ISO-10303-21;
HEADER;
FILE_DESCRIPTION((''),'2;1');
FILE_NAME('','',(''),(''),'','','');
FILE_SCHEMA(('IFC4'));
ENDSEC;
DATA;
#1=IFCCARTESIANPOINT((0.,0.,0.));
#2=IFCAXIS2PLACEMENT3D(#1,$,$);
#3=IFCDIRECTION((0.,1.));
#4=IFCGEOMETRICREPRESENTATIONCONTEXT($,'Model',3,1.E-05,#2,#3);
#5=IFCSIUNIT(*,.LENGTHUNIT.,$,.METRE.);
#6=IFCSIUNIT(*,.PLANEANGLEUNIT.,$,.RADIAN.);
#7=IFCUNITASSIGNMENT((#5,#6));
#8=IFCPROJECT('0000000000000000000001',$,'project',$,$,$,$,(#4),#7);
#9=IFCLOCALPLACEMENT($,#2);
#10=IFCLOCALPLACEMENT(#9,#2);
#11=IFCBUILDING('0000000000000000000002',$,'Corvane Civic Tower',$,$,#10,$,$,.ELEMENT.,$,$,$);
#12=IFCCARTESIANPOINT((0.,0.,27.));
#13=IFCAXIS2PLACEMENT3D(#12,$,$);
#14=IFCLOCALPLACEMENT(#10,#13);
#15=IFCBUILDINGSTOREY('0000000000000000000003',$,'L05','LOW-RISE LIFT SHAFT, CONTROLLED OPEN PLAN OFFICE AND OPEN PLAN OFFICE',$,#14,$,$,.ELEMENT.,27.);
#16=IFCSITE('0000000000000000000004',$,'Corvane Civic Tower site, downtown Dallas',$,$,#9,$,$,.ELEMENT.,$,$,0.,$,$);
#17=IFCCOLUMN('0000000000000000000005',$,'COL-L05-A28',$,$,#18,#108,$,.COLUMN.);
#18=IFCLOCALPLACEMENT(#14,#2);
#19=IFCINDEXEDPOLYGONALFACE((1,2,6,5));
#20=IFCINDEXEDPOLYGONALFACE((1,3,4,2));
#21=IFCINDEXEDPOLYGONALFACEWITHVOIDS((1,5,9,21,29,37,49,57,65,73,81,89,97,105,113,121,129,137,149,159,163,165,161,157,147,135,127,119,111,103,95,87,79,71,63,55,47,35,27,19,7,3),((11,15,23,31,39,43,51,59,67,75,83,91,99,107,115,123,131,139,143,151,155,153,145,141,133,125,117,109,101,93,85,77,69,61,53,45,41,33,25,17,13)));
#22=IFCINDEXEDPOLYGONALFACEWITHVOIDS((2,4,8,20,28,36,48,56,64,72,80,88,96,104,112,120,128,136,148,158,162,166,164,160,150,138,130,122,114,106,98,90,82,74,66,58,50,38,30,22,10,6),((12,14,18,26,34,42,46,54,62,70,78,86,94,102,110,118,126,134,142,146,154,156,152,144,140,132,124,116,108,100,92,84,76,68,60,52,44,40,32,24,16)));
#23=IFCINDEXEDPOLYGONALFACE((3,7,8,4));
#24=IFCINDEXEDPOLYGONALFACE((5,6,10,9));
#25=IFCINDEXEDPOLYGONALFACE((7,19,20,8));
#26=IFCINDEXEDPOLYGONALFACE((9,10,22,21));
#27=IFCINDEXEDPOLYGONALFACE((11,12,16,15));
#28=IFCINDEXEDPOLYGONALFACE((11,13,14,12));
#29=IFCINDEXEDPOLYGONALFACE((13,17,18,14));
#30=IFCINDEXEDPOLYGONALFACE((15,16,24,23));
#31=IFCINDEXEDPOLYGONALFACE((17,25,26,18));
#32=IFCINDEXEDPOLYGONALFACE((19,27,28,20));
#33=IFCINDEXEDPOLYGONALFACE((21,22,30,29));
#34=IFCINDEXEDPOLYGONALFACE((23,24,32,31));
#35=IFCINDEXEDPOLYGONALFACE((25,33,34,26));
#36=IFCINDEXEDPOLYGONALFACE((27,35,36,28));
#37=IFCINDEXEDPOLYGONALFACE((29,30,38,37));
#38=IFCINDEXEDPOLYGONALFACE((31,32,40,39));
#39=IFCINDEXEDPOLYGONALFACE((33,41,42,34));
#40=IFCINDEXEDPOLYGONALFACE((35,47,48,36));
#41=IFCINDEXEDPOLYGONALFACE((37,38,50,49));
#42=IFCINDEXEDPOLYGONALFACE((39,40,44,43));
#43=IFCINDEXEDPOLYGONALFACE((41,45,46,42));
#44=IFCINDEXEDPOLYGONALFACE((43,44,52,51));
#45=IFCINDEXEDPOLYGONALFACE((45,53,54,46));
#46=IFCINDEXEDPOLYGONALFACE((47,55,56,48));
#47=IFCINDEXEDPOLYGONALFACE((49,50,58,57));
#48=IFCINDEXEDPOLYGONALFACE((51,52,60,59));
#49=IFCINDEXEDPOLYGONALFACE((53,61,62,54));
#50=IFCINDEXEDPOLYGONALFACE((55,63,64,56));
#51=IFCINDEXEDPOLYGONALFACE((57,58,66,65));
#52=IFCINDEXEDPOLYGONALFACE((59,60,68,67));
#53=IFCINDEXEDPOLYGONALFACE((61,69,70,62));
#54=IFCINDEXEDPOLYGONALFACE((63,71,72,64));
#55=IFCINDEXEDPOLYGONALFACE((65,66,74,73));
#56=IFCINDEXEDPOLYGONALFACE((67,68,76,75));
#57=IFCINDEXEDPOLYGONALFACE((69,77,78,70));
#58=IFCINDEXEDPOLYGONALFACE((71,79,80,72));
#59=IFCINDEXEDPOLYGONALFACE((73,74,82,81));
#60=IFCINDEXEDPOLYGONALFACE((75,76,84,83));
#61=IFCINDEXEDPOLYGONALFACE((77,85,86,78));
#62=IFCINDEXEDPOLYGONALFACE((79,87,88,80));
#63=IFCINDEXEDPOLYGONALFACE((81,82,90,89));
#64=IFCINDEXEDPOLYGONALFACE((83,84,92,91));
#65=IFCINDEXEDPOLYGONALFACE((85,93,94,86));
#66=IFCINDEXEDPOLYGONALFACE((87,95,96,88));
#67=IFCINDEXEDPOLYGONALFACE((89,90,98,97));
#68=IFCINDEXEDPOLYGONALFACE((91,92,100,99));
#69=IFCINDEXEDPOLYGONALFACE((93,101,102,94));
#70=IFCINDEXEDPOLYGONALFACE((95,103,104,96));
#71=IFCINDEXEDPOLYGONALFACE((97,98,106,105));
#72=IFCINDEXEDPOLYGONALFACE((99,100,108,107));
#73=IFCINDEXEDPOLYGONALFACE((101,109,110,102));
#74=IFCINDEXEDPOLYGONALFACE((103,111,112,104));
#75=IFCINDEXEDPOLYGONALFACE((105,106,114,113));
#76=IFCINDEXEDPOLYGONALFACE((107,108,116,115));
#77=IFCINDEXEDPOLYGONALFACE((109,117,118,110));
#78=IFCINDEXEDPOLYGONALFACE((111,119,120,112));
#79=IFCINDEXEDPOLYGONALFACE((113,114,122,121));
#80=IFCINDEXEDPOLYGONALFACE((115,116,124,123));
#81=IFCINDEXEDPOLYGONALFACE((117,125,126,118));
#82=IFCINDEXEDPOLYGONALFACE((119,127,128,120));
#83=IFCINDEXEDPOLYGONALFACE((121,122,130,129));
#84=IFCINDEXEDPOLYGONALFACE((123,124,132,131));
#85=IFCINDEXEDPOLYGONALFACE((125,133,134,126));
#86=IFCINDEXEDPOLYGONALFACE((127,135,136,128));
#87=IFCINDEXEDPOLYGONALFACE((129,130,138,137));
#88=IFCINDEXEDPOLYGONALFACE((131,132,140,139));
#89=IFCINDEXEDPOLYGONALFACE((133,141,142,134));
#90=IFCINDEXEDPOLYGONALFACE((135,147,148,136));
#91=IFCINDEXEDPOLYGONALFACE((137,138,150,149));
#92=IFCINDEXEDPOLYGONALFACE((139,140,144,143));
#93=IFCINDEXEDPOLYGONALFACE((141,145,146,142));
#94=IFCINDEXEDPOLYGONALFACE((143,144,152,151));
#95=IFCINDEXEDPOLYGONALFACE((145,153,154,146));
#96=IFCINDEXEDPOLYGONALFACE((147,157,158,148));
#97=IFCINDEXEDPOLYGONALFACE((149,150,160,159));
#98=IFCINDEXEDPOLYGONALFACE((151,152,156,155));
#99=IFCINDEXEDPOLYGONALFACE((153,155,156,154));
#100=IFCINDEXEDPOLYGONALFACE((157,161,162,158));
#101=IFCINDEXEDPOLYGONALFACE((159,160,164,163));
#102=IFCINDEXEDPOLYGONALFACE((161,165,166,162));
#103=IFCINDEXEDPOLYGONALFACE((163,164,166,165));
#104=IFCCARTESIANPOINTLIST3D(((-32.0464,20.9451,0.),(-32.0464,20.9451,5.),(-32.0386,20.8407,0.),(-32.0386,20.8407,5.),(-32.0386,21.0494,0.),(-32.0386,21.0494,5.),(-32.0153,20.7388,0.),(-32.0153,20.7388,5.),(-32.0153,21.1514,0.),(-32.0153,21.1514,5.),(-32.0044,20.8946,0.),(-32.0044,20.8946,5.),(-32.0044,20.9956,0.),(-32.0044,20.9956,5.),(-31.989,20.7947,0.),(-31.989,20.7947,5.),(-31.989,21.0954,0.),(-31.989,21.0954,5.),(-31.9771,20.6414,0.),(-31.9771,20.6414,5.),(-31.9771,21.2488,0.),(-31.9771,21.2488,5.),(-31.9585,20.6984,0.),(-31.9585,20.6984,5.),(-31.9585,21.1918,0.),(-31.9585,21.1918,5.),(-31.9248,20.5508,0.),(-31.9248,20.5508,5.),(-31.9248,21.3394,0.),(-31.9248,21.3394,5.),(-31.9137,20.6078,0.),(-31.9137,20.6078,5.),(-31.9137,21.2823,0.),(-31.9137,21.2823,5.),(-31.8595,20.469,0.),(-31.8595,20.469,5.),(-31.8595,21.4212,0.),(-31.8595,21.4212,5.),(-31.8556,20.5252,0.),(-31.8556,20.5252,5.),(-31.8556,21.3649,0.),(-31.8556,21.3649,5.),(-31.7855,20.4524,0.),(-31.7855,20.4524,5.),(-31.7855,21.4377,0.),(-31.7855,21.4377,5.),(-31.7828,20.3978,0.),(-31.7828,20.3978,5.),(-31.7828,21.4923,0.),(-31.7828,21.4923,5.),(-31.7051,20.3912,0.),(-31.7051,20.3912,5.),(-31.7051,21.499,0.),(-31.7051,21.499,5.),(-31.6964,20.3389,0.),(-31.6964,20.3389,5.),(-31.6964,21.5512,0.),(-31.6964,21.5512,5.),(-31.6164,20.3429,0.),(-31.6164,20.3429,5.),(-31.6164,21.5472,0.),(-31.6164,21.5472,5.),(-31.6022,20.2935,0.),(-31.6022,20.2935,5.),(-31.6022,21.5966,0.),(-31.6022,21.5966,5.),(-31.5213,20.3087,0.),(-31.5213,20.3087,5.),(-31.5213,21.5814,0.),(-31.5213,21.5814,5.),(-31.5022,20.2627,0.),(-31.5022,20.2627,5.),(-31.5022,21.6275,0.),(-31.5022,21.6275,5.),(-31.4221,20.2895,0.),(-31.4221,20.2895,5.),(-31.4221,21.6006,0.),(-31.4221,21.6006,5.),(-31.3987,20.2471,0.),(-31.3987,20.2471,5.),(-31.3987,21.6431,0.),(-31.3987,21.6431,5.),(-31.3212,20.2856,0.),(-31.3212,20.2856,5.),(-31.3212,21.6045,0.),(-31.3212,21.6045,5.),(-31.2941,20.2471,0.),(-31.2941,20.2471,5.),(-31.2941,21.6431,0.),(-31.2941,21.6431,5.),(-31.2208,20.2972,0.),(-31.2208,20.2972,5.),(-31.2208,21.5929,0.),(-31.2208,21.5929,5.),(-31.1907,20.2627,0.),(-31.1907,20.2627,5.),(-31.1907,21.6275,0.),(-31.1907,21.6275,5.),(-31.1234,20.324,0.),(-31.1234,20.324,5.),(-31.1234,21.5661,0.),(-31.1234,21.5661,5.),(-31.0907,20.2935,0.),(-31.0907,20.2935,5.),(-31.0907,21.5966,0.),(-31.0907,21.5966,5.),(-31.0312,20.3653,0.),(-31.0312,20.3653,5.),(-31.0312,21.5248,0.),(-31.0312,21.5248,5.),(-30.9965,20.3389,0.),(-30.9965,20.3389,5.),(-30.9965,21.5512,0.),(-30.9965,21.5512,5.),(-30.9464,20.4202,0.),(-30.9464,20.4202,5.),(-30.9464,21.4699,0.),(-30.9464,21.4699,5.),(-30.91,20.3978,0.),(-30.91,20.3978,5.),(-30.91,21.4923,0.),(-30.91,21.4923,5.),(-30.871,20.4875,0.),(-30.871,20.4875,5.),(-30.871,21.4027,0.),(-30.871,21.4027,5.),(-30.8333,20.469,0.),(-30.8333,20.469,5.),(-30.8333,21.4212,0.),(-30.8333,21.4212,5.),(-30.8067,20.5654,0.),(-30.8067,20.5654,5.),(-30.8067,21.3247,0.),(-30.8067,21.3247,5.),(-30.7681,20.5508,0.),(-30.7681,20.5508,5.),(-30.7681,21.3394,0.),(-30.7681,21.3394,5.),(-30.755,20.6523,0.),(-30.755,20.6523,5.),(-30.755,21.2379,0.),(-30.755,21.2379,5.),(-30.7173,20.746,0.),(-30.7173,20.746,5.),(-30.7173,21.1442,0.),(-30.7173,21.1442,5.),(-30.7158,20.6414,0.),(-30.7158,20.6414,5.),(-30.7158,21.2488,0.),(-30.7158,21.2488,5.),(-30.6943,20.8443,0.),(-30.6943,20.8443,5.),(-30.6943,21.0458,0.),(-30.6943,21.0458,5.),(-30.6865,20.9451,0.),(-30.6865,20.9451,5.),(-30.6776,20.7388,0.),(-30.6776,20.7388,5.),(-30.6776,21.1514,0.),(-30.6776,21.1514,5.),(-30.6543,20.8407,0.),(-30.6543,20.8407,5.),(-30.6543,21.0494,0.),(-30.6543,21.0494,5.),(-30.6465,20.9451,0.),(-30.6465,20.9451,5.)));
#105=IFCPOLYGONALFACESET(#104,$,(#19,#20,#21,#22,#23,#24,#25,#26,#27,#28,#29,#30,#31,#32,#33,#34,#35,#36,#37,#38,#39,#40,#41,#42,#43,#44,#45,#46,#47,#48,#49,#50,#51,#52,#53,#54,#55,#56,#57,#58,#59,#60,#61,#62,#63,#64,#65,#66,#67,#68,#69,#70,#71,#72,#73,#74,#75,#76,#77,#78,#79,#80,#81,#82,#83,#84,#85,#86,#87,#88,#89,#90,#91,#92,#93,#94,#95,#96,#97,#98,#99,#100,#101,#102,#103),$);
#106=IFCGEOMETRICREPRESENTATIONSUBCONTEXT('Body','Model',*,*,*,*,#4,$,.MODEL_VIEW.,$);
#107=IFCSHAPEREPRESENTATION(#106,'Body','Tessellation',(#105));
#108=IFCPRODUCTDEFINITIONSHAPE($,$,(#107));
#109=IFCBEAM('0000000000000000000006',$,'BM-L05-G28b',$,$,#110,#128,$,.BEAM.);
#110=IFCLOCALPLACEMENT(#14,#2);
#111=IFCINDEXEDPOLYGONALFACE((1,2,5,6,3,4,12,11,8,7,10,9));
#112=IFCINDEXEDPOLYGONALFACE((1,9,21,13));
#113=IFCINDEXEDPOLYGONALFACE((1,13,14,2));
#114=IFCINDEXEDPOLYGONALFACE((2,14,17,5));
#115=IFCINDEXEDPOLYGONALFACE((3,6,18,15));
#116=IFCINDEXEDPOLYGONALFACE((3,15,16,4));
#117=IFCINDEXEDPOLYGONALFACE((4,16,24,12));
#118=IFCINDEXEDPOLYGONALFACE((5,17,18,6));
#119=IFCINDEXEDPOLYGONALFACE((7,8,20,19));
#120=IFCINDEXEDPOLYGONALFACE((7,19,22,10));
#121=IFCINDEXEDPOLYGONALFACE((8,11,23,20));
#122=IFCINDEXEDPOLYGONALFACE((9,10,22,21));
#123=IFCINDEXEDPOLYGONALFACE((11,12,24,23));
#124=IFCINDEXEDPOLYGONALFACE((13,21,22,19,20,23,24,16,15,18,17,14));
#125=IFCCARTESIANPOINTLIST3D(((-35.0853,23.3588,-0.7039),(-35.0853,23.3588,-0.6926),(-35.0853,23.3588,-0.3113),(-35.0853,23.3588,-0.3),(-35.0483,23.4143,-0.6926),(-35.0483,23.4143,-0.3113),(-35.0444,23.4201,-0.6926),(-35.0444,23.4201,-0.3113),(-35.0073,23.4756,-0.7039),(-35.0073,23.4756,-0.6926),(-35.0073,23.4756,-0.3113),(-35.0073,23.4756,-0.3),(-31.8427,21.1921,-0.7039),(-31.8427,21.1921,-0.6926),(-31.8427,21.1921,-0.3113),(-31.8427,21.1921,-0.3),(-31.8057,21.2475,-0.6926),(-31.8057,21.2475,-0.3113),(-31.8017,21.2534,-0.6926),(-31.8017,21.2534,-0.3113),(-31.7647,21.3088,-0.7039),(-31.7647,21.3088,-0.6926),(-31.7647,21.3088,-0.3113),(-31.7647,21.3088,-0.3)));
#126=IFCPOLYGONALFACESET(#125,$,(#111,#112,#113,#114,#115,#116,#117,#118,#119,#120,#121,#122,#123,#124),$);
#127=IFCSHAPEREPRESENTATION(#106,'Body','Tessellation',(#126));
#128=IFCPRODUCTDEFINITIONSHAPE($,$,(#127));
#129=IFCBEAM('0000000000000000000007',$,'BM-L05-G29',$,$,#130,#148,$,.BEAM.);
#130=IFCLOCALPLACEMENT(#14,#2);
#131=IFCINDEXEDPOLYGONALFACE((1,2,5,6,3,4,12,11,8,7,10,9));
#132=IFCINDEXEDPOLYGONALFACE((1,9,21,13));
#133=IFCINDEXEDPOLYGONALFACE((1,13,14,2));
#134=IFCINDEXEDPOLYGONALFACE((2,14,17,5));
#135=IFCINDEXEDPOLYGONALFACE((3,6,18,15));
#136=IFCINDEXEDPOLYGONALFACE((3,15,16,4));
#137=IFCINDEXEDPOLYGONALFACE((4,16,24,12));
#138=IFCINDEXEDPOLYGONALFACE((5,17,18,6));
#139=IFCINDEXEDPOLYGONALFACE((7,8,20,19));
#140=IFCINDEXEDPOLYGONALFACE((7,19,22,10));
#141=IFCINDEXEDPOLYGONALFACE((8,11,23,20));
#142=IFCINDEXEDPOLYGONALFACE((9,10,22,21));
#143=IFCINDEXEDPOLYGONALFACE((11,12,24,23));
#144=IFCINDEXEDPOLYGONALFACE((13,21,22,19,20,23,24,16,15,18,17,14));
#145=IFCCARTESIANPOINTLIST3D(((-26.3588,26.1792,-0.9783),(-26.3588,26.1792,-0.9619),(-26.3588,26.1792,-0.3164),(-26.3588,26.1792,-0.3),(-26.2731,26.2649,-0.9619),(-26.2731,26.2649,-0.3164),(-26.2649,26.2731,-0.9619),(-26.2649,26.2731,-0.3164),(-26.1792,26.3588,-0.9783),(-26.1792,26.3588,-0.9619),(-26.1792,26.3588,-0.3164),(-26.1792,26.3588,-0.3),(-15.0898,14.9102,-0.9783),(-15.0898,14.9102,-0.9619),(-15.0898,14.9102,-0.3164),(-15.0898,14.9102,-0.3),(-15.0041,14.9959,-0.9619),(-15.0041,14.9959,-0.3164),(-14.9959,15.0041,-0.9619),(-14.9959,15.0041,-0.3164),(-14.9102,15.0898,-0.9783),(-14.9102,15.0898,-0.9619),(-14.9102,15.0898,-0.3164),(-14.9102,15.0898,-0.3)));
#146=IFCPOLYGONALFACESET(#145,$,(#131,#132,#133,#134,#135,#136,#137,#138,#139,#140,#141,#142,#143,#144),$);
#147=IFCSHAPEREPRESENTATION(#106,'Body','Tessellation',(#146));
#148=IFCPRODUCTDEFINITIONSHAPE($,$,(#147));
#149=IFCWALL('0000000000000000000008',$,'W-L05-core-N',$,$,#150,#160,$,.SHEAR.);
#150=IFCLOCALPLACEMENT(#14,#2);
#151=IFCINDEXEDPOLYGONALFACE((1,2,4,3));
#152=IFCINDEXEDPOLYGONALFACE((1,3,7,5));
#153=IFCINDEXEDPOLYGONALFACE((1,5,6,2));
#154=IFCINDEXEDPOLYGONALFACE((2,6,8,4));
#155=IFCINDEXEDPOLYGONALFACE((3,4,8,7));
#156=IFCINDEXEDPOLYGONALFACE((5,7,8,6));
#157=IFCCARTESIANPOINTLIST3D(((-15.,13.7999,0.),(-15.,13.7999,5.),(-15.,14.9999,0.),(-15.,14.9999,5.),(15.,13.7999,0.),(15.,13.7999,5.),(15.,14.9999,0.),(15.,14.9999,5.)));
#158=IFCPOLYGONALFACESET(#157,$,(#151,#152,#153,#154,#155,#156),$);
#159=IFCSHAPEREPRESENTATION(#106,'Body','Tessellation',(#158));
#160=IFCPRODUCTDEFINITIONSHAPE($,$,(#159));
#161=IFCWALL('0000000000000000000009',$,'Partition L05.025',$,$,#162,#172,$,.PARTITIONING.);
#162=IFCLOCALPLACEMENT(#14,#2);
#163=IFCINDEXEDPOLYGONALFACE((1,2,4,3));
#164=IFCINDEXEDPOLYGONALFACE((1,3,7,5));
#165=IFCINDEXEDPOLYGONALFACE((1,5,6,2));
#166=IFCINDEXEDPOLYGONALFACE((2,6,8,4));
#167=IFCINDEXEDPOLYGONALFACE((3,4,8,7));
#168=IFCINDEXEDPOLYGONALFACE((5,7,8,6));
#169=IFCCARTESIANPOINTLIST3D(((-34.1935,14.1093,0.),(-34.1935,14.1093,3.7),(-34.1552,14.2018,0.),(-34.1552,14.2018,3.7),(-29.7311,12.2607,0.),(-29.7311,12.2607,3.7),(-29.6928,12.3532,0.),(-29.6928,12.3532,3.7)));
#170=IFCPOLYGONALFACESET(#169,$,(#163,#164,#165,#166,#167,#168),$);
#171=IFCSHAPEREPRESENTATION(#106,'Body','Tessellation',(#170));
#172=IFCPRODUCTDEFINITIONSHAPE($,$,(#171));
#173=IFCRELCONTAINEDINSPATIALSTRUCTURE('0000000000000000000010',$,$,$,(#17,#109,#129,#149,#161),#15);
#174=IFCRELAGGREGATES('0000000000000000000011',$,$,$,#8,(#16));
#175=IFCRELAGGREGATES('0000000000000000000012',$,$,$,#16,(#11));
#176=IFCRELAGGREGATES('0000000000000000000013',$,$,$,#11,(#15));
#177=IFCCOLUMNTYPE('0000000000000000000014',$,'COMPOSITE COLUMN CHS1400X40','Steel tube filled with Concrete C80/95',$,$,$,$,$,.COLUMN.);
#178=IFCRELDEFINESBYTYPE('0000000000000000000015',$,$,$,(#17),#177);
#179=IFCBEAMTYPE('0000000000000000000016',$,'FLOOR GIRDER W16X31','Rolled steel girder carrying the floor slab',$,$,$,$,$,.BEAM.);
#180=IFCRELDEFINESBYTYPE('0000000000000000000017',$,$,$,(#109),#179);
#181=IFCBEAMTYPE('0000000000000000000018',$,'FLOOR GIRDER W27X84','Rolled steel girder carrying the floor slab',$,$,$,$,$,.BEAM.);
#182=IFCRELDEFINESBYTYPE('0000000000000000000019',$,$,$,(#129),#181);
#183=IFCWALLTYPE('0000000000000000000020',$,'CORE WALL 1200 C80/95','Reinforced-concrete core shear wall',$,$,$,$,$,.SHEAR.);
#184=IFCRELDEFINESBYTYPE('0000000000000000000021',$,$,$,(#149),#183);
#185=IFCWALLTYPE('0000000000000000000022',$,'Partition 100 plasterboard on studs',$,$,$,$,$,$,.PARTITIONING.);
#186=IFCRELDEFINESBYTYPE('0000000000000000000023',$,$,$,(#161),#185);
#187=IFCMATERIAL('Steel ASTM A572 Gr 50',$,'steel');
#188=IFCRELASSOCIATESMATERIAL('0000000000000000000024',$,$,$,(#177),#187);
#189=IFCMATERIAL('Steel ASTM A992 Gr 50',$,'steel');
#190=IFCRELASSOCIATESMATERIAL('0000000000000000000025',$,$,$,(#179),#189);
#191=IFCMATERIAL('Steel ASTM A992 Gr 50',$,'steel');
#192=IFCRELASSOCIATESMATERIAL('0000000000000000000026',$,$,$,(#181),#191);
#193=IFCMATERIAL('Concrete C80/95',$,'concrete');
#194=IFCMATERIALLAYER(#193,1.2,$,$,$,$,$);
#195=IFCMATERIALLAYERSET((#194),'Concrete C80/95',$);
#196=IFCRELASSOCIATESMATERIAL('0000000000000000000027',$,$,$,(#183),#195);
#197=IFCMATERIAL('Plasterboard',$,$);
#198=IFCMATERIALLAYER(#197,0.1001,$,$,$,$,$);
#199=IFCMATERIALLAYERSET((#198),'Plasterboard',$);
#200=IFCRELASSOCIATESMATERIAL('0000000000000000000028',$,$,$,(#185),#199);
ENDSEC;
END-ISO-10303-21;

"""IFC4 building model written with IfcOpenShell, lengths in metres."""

from ifc_helpers import new_model, si_unit, direction, frame, frame_2d, origin, origin_2d, place, context, subcontext, project, spatial, rectangle, hollow_circle, i_section, extrude, material, layer, layer_set, material_profile, profile_set, type_object, element, save


model = new_model("IFC4")

# Units and contexts
model_context = context("Model", 3, precision=1e-05, world=origin(), true_north=direction((0.0, 1.0)))
body_context = subcontext(model_context, "Body", "Model", "MODEL_VIEW")
ifc_project = project(units=[si_unit("LENGTHUNIT", "METRE"), si_unit("PLANEANGLEUNIT", "RADIAN")], contexts=[model_context])

# Site, building, storey
site_placement = place(None, origin())
site = spatial("IfcSite", under=ifc_project, at=site_placement, Name="Corvane Civic Tower site, downtown Dallas", CompositionType="ELEMENT", RefElevation=0.0)
building_placement = place(site_placement, origin())
building = spatial("IfcBuilding", under=site, at=building_placement, Name="Corvane Civic Tower", CompositionType="ELEMENT")
storey_placement = place(building_placement, frame((0.0, 0.0, 27.0)))
storey = spatial("IfcBuildingStorey", under=building, at=storey_placement, Name="L05", Description="LOW-RISE LIFT SHAFT, CONTROLLED OPEN PLAN OFFICE AND OPEN PLAN OFFICE", CompositionType="ELEMENT", Elevation=27.0)

# Column
ifc_material_1 = material(Name="Steel ASTM A572 Gr 50", Category="steel")
ifc_material_profile_1 = material_profile(ifc_material_1, hollow_circle(Radius=0.7, WallThickness=0.04, at=origin_2d()), Name="CHS1400X40")
ifc_profile_set_1 = profile_set([ifc_material_profile_1], Name="Steel ASTM A572 Gr 50")
column_type = type_object("IfcColumnType", Name="COMPOSITE COLUMN CHS1400X40", Description="Steel tube filled with Concrete C80/95", PredefinedType="COLUMN", material=ifc_profile_set_1)
column_placement = place(storey_placement, frame((-31.3464, 20.9451, 0.0), z_axis=(0.0, 0.0, 1.0), x_axis=(1.0, 0.0, 0.0)))
element("IfcColumn", 1, at=column_placement, inside=storey, type_object=column_type, Name="COL-L05-A28", PredefinedType="COLUMN", context=body_context, shape_type="SweptSolid", body=[
    extrude(hollow_circle(Radius=0.7, WallThickness=0.04, at=origin_2d()), origin(), (0.0, 0.0, 1.0), 5.0),
])

# Beams
ifc_material_2 = material(Name="Steel ASTM A992 Gr 50", Category="steel")
ifc_material_profile_2 = material_profile(ifc_material_2, i_section(OverallWidth=0.1404, OverallDepth=0.4038, WebThickness=0.0071, FlangeThickness=0.0112, at=origin_2d()), Name="W16X31")
ifc_profile_set_2 = profile_set([ifc_material_profile_2], Name="Steel ASTM A992 Gr 50")
beam_type_1 = type_object("IfcBeamType", Name="FLOOR GIRDER W16X31", Description="Rolled steel girder carrying the floor slab", PredefinedType="BEAM", material=ifc_profile_set_2)
beam_1_placement = place(storey_placement, frame((-31.8037, 21.2505, -0.502), z_axis=(-0.831462, 0.555581, 0.0), x_axis=(-0.555581, -0.831462, 0.0)))
element("IfcBeam", 2, at=beam_1_placement, inside=storey, type_object=beam_type_1, Name="BM-L05-G28b", PredefinedType="BEAM", context=body_context, shape_type="SweptSolid", body=[
    extrude(i_section(OverallWidth=0.1404, OverallDepth=0.4038, WebThickness=0.0071, FlangeThickness=0.0112, at=origin_2d()), origin(), (0.0, 0.0, 1.0), 3.8999),
])
ifc_material_3 = material(Name="Steel ASTM A992 Gr 50", Category="steel")
ifc_material_profile_3 = material_profile(ifc_material_3, i_section(OverallWidth=0.2539, OverallDepth=0.6782, WebThickness=0.0117, FlangeThickness=0.0164, at=origin_2d()), Name="W27X84")
ifc_profile_set_3 = profile_set([ifc_material_profile_3], Name="Steel ASTM A992 Gr 50")
beam_type_2 = type_object("IfcBeamType", Name="FLOOR GIRDER W27X84", Description="Rolled steel girder carrying the floor slab", PredefinedType="BEAM", material=ifc_profile_set_3)
beam_2_placement = place(storey_placement, frame((-15.0, 15.0, -0.6392), z_axis=(-0.707107, 0.707107, 0.0), x_axis=(-0.707107, -0.707107, 0.0)))
element("IfcBeam", 3, at=beam_2_placement, inside=storey, type_object=beam_type_2, Name="BM-L05-G29", PredefinedType="BEAM", context=body_context, shape_type="SweptSolid", body=[
    extrude(i_section(OverallWidth=0.2539, OverallDepth=0.6782, WebThickness=0.0117, FlangeThickness=0.0164, at=origin_2d()), origin(), (0.0, 0.0, 1.0), 15.9368),
])

# Walls
ifc_material_4 = material(Name="Concrete C80/95", Category="concrete")
ifc_layer_1 = layer(ifc_material_4, 1.2)
ifc_layer_set_1 = layer_set([ifc_layer_1], Name="Concrete C80/95")
wall_type_1 = type_object("IfcWallType", Name="CORE WALL 1200 C80/95", Description="Reinforced-concrete core shear wall", PredefinedType="SHEAR", material=ifc_layer_set_1)
wall_1_placement = place(storey_placement, frame((-15.0, 14.3999, 0.0), z_axis=(0.0, 0.0, 1.0), x_axis=(1.0, 0.0, 0.0)))
element("IfcWall", 4, at=wall_1_placement, inside=storey, type_object=wall_type_1, Name="W-L05-core-N", PredefinedType="SHEAR", context=body_context, shape_type="SweptSolid", body=[
    extrude(rectangle(XDim=30.0, YDim=1.2, at=frame_2d((15.0, 0.0))), origin(), (0.0, 0.0, 1.0), 5.0),
])
ifc_material_5 = material(Name="Plasterboard")
ifc_layer_2 = layer(ifc_material_5, 0.1001)
ifc_layer_set_2 = layer_set([ifc_layer_2], Name="Plasterboard")
wall_type_2 = type_object("IfcWallType", Name="Partition 100 plasterboard on studs", PredefinedType="PARTITIONING", material=ifc_layer_set_2)
wall_2_placement = place(storey_placement, frame((-34.1743, 14.1555, 0.0), z_axis=(0.0, 0.0, 1.0), x_axis=(0.923862, -0.382727, 0.0)))
element("IfcWall", 5, at=wall_2_placement, inside=storey, type_object=wall_type_2, Name="Partition L05.025", PredefinedType="PARTITIONING", context=body_context, shape_type="SweptSolid", body=[
    extrude(rectangle(XDim=4.8301, YDim=0.1001, at=frame_2d((2.415, 0.0))), origin(), (0.0, 0.0, 1.0), 3.7),
])

save(model, "model.ifc")
